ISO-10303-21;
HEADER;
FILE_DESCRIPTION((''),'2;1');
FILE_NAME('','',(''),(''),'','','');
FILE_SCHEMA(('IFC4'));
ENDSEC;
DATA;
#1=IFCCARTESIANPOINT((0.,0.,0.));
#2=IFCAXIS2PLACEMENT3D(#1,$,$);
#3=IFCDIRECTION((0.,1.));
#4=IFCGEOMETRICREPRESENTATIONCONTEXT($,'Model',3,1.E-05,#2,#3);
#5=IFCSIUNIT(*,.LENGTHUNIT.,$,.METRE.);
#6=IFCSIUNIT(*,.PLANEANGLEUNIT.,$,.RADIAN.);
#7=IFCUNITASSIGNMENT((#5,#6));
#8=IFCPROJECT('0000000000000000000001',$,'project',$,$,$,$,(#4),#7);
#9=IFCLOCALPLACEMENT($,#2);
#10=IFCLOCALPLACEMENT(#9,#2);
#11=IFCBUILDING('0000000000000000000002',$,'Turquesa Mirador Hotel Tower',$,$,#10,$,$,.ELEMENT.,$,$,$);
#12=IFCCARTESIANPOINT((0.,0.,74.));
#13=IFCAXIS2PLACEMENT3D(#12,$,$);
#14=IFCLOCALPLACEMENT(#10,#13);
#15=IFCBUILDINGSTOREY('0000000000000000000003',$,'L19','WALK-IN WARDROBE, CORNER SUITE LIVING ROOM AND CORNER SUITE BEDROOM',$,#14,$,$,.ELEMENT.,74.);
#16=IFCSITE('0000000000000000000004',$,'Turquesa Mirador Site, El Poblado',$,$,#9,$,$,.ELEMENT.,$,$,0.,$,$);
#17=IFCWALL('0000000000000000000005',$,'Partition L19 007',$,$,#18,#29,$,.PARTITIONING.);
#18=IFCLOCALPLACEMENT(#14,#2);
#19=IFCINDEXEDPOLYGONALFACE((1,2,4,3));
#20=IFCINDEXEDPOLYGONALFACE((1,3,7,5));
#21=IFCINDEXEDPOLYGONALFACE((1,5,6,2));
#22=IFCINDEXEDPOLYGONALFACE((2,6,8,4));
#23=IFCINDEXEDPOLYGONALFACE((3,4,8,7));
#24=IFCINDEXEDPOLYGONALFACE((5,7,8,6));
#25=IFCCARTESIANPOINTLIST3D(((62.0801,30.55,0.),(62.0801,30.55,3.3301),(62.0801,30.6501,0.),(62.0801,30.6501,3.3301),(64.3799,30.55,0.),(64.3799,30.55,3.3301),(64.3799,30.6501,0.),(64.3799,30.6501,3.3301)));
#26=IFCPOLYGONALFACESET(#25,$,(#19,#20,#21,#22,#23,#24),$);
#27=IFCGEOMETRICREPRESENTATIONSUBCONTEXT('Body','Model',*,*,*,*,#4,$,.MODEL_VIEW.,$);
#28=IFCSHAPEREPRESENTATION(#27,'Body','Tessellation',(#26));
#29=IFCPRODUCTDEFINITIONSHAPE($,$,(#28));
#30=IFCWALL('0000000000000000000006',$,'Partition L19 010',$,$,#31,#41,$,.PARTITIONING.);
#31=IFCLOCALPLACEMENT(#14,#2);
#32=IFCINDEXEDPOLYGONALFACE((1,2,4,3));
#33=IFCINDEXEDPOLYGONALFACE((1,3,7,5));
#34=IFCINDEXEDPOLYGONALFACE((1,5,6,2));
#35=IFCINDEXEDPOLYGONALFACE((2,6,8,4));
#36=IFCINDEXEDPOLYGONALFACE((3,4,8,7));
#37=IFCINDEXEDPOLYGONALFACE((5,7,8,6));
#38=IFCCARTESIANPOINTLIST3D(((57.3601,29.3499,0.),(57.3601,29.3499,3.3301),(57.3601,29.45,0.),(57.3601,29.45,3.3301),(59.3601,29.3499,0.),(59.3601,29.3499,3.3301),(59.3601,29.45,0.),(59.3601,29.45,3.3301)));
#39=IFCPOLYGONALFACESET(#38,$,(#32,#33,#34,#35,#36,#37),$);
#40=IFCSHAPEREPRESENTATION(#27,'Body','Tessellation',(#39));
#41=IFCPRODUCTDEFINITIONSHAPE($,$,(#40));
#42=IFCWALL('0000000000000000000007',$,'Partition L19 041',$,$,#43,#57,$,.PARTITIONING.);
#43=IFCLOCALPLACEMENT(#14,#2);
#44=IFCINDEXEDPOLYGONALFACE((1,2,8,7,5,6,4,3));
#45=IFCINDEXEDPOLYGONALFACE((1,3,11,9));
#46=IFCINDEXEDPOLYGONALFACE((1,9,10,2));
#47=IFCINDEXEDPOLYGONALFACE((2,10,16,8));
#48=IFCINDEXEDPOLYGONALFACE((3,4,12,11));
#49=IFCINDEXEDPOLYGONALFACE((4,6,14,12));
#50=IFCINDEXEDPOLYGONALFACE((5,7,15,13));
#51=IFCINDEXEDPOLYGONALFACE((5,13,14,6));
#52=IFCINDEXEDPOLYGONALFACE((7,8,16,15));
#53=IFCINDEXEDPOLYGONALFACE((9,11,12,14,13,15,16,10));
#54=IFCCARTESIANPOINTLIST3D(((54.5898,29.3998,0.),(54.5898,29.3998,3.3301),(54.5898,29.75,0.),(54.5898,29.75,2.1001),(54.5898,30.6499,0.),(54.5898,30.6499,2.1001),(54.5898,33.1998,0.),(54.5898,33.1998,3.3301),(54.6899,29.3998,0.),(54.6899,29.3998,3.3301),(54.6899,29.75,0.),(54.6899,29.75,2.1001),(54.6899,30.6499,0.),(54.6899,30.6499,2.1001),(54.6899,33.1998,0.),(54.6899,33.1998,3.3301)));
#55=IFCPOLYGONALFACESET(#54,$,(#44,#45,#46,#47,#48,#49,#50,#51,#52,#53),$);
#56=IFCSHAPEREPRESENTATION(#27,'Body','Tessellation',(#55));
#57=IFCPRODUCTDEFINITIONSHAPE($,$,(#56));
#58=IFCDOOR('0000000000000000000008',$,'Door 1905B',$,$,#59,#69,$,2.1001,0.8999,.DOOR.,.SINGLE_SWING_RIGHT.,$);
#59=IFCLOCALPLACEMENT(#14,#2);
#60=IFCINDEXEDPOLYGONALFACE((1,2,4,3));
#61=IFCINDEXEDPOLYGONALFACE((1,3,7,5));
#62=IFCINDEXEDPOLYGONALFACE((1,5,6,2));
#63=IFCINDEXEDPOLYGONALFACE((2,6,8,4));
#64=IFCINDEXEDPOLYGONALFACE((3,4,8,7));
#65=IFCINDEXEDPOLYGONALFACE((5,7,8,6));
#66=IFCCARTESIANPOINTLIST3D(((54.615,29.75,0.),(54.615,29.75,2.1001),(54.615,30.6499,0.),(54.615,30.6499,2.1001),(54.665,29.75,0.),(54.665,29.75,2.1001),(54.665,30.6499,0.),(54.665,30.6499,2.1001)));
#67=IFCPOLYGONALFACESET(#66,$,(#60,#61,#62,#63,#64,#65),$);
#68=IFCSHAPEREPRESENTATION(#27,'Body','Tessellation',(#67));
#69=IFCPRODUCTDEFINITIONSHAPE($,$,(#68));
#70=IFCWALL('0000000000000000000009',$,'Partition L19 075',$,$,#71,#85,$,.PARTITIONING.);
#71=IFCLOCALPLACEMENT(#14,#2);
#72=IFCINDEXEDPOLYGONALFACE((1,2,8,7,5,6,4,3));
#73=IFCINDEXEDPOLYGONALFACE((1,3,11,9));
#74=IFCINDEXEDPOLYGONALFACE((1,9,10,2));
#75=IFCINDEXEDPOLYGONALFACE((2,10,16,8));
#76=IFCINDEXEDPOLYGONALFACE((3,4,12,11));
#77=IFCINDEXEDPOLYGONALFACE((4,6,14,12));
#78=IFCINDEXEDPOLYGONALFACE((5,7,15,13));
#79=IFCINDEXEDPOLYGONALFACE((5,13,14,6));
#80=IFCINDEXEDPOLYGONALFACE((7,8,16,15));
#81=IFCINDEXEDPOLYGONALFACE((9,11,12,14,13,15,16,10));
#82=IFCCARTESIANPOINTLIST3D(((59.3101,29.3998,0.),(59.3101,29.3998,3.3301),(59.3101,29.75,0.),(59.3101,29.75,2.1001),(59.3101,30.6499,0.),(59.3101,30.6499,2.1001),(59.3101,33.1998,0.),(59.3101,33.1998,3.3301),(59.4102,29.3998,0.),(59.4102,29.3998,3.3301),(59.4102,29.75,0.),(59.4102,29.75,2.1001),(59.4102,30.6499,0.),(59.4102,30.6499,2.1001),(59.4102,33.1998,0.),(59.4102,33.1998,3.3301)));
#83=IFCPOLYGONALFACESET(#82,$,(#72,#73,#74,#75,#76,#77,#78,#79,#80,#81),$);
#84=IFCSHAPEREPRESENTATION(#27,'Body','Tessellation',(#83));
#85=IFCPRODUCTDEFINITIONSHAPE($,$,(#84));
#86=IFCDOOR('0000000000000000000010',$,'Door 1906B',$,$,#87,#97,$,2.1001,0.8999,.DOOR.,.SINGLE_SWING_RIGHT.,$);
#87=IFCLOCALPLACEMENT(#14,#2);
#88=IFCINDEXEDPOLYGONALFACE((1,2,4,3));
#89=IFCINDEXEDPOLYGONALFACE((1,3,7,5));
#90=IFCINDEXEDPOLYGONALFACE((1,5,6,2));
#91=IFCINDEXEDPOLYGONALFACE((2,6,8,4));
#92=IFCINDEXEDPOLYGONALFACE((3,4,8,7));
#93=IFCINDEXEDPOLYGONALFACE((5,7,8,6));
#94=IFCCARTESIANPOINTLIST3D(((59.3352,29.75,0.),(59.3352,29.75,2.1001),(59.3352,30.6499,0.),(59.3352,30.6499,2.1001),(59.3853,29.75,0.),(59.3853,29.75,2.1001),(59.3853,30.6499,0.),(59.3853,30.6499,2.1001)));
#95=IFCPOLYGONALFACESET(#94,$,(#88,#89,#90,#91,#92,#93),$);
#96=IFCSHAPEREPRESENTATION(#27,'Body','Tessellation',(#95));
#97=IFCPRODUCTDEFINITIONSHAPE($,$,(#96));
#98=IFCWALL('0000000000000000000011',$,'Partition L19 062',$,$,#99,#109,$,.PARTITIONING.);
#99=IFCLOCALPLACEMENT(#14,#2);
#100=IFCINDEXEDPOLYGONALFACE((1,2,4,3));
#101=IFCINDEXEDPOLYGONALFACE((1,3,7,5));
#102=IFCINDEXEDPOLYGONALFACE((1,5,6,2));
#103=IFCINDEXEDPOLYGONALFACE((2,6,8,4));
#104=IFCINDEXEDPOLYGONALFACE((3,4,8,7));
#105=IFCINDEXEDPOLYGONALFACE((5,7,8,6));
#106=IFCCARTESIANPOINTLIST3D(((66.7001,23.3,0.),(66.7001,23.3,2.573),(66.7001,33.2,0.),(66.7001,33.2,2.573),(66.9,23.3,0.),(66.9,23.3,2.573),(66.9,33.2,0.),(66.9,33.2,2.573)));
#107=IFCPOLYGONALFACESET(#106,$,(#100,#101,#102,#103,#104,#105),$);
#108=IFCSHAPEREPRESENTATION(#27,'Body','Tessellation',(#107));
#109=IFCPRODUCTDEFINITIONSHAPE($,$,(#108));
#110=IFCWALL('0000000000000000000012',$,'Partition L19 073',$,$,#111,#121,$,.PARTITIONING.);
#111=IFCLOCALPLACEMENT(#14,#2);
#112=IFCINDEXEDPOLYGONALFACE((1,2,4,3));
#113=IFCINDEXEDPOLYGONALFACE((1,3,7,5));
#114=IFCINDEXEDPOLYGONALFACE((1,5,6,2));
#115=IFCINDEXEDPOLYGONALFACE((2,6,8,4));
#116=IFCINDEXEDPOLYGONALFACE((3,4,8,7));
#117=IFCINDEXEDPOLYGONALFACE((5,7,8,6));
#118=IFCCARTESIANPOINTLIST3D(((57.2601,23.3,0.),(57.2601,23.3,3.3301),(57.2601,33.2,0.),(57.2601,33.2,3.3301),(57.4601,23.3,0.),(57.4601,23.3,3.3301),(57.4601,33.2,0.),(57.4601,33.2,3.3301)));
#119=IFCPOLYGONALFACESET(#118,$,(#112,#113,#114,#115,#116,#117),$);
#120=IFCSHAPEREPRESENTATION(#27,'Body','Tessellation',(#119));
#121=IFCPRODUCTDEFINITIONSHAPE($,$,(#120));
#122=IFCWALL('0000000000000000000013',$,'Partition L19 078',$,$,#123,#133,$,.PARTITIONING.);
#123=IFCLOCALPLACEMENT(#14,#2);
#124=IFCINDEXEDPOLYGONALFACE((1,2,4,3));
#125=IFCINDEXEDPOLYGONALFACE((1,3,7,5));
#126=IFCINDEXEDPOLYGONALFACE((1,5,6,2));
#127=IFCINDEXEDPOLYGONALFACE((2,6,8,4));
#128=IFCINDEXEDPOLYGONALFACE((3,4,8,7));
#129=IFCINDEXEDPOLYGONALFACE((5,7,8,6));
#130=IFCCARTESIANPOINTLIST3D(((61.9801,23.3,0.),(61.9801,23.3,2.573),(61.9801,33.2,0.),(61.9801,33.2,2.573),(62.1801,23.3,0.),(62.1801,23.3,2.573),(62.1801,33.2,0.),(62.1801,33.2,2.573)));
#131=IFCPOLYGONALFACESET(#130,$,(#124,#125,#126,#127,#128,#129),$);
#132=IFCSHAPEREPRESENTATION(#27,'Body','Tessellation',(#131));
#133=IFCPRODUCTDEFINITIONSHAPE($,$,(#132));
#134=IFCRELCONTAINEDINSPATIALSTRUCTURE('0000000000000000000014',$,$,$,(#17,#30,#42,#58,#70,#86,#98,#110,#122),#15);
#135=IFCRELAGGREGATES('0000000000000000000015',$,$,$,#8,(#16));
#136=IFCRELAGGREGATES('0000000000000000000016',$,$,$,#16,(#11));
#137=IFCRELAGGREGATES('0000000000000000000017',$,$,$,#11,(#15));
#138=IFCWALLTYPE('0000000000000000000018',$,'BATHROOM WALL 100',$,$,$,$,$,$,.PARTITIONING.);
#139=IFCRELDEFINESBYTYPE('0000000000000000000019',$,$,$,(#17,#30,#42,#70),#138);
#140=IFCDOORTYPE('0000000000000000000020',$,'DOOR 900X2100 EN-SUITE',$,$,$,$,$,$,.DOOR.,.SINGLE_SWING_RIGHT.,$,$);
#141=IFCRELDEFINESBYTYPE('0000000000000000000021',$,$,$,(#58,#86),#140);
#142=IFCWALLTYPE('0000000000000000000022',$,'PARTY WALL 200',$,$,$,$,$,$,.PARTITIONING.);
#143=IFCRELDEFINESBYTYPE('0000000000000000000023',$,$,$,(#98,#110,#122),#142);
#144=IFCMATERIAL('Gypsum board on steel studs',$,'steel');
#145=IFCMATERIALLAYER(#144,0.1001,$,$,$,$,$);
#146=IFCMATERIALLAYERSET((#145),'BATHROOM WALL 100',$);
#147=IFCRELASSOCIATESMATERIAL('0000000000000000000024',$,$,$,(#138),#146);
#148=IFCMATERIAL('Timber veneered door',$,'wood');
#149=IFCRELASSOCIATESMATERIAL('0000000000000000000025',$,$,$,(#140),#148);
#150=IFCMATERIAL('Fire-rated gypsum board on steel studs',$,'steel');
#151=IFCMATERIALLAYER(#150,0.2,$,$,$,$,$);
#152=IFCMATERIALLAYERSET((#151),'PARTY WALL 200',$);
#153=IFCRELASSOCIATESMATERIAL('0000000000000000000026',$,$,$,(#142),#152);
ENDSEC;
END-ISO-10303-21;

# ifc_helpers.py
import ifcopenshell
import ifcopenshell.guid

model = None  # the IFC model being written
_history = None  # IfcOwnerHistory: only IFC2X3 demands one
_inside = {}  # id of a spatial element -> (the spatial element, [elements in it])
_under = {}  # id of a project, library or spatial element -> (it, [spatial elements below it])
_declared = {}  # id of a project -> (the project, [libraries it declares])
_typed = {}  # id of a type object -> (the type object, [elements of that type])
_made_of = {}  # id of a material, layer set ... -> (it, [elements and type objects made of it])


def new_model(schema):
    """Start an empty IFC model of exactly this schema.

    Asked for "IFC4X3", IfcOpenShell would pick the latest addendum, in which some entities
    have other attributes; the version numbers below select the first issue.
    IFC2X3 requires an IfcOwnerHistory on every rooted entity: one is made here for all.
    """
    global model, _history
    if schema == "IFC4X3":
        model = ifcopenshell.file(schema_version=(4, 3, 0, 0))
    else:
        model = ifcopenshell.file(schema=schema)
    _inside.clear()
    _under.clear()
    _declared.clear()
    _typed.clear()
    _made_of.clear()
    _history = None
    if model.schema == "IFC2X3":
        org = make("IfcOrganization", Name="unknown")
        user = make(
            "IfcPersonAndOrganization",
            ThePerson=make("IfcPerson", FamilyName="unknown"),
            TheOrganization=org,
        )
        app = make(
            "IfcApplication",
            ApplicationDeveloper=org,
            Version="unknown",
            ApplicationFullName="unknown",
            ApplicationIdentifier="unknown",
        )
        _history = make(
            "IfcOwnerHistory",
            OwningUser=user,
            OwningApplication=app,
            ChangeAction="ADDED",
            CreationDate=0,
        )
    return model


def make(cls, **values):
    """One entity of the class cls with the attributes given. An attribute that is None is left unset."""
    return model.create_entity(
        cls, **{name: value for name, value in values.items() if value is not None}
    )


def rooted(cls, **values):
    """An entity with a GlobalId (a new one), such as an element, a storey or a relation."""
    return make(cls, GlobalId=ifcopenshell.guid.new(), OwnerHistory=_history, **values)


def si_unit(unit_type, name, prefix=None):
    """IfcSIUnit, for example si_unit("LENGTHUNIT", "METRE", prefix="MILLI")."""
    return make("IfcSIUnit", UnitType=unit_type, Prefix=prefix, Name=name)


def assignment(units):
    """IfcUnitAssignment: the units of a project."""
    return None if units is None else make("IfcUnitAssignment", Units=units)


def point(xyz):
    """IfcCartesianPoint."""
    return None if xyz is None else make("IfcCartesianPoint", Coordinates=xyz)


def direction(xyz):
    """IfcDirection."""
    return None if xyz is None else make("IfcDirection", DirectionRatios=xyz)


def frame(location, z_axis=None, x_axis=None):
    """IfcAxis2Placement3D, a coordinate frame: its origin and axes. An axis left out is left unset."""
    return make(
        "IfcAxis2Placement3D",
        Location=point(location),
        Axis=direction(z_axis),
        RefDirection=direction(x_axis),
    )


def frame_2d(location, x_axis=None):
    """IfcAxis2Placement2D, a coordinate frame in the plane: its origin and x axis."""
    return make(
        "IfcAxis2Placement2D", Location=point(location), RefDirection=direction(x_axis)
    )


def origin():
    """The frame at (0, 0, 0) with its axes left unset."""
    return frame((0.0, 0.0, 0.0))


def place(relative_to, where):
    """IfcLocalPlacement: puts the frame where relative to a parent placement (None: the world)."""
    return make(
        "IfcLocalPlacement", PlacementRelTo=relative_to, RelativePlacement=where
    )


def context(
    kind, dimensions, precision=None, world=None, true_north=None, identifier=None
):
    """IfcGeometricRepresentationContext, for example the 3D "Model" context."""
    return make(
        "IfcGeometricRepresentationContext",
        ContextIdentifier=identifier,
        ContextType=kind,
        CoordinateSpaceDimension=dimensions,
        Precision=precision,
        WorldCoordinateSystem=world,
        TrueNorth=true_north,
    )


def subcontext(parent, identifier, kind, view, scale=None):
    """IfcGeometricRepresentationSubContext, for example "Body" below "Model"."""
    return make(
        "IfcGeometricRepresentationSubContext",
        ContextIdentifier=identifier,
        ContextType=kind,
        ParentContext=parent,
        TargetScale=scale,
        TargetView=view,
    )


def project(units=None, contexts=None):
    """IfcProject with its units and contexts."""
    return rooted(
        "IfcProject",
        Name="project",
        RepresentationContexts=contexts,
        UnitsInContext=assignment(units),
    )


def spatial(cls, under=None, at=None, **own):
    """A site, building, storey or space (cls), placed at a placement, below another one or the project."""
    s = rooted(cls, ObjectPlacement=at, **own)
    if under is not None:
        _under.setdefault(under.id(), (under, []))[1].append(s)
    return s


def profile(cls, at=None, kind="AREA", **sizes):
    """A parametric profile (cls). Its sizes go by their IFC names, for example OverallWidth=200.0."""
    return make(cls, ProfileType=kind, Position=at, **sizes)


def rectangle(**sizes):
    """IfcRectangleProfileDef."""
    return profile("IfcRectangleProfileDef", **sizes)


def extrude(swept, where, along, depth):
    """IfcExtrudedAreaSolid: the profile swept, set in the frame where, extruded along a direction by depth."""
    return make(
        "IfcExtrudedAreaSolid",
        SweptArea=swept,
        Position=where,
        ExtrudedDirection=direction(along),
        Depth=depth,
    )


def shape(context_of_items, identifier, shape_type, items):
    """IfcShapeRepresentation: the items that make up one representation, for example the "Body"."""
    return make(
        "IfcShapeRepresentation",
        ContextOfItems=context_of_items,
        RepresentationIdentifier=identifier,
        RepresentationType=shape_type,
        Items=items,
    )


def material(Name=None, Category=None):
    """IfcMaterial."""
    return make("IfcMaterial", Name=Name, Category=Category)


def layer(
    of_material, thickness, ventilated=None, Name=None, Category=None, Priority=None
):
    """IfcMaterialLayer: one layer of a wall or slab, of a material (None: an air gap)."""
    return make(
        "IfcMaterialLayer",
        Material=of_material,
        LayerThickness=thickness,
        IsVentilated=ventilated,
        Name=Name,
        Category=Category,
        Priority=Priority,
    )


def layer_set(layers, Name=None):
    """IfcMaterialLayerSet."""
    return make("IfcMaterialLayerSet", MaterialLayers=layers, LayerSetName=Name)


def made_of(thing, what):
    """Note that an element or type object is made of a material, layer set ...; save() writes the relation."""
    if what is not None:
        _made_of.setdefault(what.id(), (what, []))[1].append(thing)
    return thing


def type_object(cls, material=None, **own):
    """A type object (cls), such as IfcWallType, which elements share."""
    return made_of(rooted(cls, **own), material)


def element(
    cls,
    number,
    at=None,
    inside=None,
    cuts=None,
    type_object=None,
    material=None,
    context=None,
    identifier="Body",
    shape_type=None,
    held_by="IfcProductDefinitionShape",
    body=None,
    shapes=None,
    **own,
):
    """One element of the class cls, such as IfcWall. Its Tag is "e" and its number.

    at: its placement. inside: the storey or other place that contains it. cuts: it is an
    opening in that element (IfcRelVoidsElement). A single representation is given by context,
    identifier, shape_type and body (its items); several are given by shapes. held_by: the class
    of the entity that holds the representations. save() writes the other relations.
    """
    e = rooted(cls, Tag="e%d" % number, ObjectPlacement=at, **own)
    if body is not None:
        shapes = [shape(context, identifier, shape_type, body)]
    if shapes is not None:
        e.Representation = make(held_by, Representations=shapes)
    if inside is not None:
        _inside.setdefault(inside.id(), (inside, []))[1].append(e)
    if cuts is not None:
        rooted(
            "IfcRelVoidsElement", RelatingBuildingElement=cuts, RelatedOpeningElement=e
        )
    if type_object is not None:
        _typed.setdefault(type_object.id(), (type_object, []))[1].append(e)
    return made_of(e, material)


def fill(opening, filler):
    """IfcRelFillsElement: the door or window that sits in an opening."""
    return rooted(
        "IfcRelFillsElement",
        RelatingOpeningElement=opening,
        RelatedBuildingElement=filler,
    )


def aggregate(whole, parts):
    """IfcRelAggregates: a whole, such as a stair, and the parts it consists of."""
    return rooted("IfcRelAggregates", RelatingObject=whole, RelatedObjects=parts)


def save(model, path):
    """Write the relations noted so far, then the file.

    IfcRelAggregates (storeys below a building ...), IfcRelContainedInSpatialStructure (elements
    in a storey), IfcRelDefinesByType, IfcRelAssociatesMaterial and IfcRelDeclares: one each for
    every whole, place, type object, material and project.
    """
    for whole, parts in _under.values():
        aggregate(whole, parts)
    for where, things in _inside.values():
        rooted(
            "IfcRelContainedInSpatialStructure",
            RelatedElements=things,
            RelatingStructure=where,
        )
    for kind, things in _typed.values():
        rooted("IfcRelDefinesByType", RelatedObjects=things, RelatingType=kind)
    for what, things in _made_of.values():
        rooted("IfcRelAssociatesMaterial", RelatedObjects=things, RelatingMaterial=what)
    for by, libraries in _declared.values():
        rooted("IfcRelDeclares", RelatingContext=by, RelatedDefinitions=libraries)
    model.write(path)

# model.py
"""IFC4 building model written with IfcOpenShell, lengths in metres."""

from ifc_helpers import new_model, si_unit, direction, frame, frame_2d, origin, place, context, subcontext, project, spatial, rectangle, extrude, material, layer, layer_set, type_object, element, fill, save


model = new_model("IFC4")

# Units and contexts
model_context = context("Model", 3, precision=1e-05, world=origin(), true_north=direction((0.0, 1.0)))
body_context = subcontext(model_context, "Body", "Model", "MODEL_VIEW")
ifc_project = project(units=[si_unit("LENGTHUNIT", "METRE"), si_unit("PLANEANGLEUNIT", "RADIAN")], contexts=[model_context])

# Site, building, storey
site_placement = place(None, origin())
site = spatial("IfcSite", under=ifc_project, at=site_placement, Name="Turquesa Mirador Site, El Poblado", CompositionType="ELEMENT", RefElevation=0.0)
building_placement = place(site_placement, origin())
building = spatial("IfcBuilding", under=site, at=building_placement, Name="Turquesa Mirador Hotel Tower", CompositionType="ELEMENT")
storey_placement = place(building_placement, frame((0.0, 0.0, 74.0)))
storey = spatial("IfcBuildingStorey", under=building, at=storey_placement, Name="L19", Description="WALK-IN WARDROBE, CORNER SUITE LIVING ROOM AND CORNER SUITE BEDROOM", CompositionType="ELEMENT", Elevation=74.0)

# Walls
ifc_material_1 = material(Name="Gypsum board on steel studs", Category="steel")
ifc_layer_1 = layer(ifc_material_1, 0.1001)
ifc_layer_set_1 = layer_set([ifc_layer_1], Name="BATHROOM WALL 100")
wall_type_1 = type_object("IfcWallType", Name="BATHROOM WALL 100", PredefinedType="PARTITIONING", material=ifc_layer_set_1)
wall_1_placement = place(storey_placement, frame((62.0801, 30.6001, 0.0), z_axis=(0.0, 0.0, 1.0), x_axis=(1.0, 0.0, 0.0)))
element("IfcWall", 1, at=wall_1_placement, inside=storey, type_object=wall_type_1, Name="Partition L19 007", PredefinedType="PARTITIONING", context=body_context, shape_type="SweptSolid", body=[
    extrude(rectangle(XDim=2.2998, YDim=0.1001, at=frame_2d((1.1499, 0.0))), origin(), (0.0, 0.0, 1.0), 3.3301),
])
wall_2_placement = place(storey_placement, frame((57.3601, 29.3999, 0.0), z_axis=(0.0, 0.0, 1.0), x_axis=(1.0, 0.0, 0.0)))
element("IfcWall", 2, at=wall_2_placement, inside=storey, type_object=wall_type_1, Name="Partition L19 010", PredefinedType="PARTITIONING", context=body_context, shape_type="SweptSolid", body=[
    extrude(rectangle(XDim=2.0, YDim=0.1001, at=frame_2d((1.0, 0.0))), origin(), (0.0, 0.0, 1.0), 3.3301),
])

# Walls, openings, doors
wall_3_placement = place(storey_placement, frame((54.6399, 29.3999, 0.0), z_axis=(0.0, 0.0, 1.0), x_axis=(0.0, 1.0, 0.0)))
wall_3 = element("IfcWall", 3, at=wall_3_placement, inside=storey, type_object=wall_type_1, Name="Partition L19 041", PredefinedType="PARTITIONING", context=body_context, shape_type="SweptSolid", body=[
    extrude(rectangle(XDim=3.8, YDim=0.1001, at=frame_2d((1.8999, 0.0))), origin(), (0.0, 0.0, 1.0), 3.3301),
])
opening_1_placement = place(wall_3_placement, frame((0.3501, 0.0, 0.0)))
opening_1 = element("IfcOpeningElement", 4, at=opening_1_placement, cuts=wall_3, PredefinedType="OPENING", context=body_context, shape_type="SweptSolid", body=[
    extrude(rectangle(XDim=0.8999, YDim=2.1001, at=frame_2d((0.45, 1.05))), frame((0.0, 0.0601, 0.0), z_axis=(0.0, -1.0, 0.0), x_axis=(1.0, 0.0, 0.0)), (0.0, 0.0, 1.0), 0.1201),
])
ifc_material_2 = material(Name="Timber veneered door", Category="wood")
door_type = type_object("IfcDoorType", Name="DOOR 900X2100 EN-SUITE", OperationType="SINGLE_SWING_RIGHT", PredefinedType="DOOR", material=ifc_material_2)
door_1_placement = place(opening_1_placement, origin())
door_1 = element("IfcDoor", 5, at=door_1_placement, inside=storey, type_object=door_type, Name="Door 1905B", OperationType="SINGLE_SWING_RIGHT", OverallHeight=2.1001, OverallWidth=0.8999, PredefinedType="DOOR", context=body_context, shape_type="SweptSolid", body=[
    extrude(rectangle(XDim=0.8999, YDim=2.1001, at=frame_2d((0.45, 1.05))), frame((0.0, 0.0249, 0.0), z_axis=(0.0, -1.0, 0.0), x_axis=(1.0, 0.0, 0.0)), (0.0, 0.0, 1.0), 0.05),
])
fill(opening_1, door_1)
wall_4_placement = place(storey_placement, frame((59.3601, 29.3999, 0.0), z_axis=(0.0, 0.0, 1.0), x_axis=(0.0, 1.0, 0.0)))
wall_4 = element("IfcWall", 6, at=wall_4_placement, inside=storey, type_object=wall_type_1, Name="Partition L19 075", PredefinedType="PARTITIONING", context=body_context, shape_type="SweptSolid", body=[
    extrude(rectangle(XDim=3.8, YDim=0.1001, at=frame_2d((1.8999, 0.0))), origin(), (0.0, 0.0, 1.0), 3.3301),
])
opening_2_placement = place(wall_4_placement, frame((0.3501, 0.0, 0.0)))
opening_2 = element("IfcOpeningElement", 7, at=opening_2_placement, cuts=wall_4, PredefinedType="OPENING", context=body_context, shape_type="SweptSolid", body=[
    extrude(rectangle(XDim=0.8999, YDim=2.1001, at=frame_2d((0.45, 1.05))), frame((0.0, 0.0601, 0.0), z_axis=(0.0, -1.0, 0.0), x_axis=(1.0, 0.0, 0.0)), (0.0, 0.0, 1.0), 0.1201),
])
door_2_placement = place(opening_2_placement, origin())
door_2 = element("IfcDoor", 8, at=door_2_placement, inside=storey, type_object=door_type, Name="Door 1906B", OperationType="SINGLE_SWING_RIGHT", OverallHeight=2.1001, OverallWidth=0.8999, PredefinedType="DOOR", context=body_context, shape_type="SweptSolid", body=[
    extrude(rectangle(XDim=0.8999, YDim=2.1001, at=frame_2d((0.45, 1.05))), frame((0.0, 0.0249, 0.0), z_axis=(0.0, -1.0, 0.0), x_axis=(1.0, 0.0, 0.0)), (0.0, 0.0, 1.0), 0.05),
])
fill(opening_2, door_2)

# Walls
ifc_material_3 = material(Name="Fire-rated gypsum board on steel studs", Category="steel")
ifc_layer_2 = layer(ifc_material_3, 0.2)
ifc_layer_set_2 = layer_set([ifc_layer_2], Name="PARTY WALL 200")
wall_type_2 = type_object("IfcWallType", Name="PARTY WALL 200", PredefinedType="PARTITIONING", material=ifc_layer_set_2)
wall_5_placement = place(storey_placement, frame((66.8, 23.3, 0.0), z_axis=(0.0, 0.0, 1.0), x_axis=(0.0, 1.0, 0.0)))
element("IfcWall", 9, at=wall_5_placement, inside=storey, type_object=wall_type_2, Name="Partition L19 062", PredefinedType="PARTITIONING", context=body_context, shape_type="SweptSolid", body=[
    extrude(rectangle(XDim=9.8999, YDim=0.2, at=frame_2d((4.95, 0.0))), origin(), (0.0, 0.0, 1.0), 2.573),
])
wall_6_placement = place(storey_placement, frame((57.3601, 23.3, 0.0), z_axis=(0.0, 0.0, 1.0), x_axis=(0.0, 1.0, 0.0)))
element("IfcWall", 10, at=wall_6_placement, inside=storey, type_object=wall_type_2, Name="Partition L19 073", PredefinedType="PARTITIONING", context=body_context, shape_type="SweptSolid", body=[
    extrude(rectangle(XDim=9.8999, YDim=0.2, at=frame_2d((4.95, 0.0))), origin(), (0.0, 0.0, 1.0), 3.3301),
])
wall_7_placement = place(storey_placement, frame((62.0801, 23.3, 0.0), z_axis=(0.0, 0.0, 1.0), x_axis=(0.0, 1.0, 0.0)))
element("IfcWall", 11, at=wall_7_placement, inside=storey, type_object=wall_type_2, Name="Partition L19 078", PredefinedType="PARTITIONING", context=body_context, shape_type="SweptSolid", body=[
    extrude(rectangle(XDim=9.8999, YDim=0.2, at=frame_2d((4.95, 0.0))), origin(), (0.0, 0.0, 1.0), 2.573),
])

save(model, "model.ifc")
